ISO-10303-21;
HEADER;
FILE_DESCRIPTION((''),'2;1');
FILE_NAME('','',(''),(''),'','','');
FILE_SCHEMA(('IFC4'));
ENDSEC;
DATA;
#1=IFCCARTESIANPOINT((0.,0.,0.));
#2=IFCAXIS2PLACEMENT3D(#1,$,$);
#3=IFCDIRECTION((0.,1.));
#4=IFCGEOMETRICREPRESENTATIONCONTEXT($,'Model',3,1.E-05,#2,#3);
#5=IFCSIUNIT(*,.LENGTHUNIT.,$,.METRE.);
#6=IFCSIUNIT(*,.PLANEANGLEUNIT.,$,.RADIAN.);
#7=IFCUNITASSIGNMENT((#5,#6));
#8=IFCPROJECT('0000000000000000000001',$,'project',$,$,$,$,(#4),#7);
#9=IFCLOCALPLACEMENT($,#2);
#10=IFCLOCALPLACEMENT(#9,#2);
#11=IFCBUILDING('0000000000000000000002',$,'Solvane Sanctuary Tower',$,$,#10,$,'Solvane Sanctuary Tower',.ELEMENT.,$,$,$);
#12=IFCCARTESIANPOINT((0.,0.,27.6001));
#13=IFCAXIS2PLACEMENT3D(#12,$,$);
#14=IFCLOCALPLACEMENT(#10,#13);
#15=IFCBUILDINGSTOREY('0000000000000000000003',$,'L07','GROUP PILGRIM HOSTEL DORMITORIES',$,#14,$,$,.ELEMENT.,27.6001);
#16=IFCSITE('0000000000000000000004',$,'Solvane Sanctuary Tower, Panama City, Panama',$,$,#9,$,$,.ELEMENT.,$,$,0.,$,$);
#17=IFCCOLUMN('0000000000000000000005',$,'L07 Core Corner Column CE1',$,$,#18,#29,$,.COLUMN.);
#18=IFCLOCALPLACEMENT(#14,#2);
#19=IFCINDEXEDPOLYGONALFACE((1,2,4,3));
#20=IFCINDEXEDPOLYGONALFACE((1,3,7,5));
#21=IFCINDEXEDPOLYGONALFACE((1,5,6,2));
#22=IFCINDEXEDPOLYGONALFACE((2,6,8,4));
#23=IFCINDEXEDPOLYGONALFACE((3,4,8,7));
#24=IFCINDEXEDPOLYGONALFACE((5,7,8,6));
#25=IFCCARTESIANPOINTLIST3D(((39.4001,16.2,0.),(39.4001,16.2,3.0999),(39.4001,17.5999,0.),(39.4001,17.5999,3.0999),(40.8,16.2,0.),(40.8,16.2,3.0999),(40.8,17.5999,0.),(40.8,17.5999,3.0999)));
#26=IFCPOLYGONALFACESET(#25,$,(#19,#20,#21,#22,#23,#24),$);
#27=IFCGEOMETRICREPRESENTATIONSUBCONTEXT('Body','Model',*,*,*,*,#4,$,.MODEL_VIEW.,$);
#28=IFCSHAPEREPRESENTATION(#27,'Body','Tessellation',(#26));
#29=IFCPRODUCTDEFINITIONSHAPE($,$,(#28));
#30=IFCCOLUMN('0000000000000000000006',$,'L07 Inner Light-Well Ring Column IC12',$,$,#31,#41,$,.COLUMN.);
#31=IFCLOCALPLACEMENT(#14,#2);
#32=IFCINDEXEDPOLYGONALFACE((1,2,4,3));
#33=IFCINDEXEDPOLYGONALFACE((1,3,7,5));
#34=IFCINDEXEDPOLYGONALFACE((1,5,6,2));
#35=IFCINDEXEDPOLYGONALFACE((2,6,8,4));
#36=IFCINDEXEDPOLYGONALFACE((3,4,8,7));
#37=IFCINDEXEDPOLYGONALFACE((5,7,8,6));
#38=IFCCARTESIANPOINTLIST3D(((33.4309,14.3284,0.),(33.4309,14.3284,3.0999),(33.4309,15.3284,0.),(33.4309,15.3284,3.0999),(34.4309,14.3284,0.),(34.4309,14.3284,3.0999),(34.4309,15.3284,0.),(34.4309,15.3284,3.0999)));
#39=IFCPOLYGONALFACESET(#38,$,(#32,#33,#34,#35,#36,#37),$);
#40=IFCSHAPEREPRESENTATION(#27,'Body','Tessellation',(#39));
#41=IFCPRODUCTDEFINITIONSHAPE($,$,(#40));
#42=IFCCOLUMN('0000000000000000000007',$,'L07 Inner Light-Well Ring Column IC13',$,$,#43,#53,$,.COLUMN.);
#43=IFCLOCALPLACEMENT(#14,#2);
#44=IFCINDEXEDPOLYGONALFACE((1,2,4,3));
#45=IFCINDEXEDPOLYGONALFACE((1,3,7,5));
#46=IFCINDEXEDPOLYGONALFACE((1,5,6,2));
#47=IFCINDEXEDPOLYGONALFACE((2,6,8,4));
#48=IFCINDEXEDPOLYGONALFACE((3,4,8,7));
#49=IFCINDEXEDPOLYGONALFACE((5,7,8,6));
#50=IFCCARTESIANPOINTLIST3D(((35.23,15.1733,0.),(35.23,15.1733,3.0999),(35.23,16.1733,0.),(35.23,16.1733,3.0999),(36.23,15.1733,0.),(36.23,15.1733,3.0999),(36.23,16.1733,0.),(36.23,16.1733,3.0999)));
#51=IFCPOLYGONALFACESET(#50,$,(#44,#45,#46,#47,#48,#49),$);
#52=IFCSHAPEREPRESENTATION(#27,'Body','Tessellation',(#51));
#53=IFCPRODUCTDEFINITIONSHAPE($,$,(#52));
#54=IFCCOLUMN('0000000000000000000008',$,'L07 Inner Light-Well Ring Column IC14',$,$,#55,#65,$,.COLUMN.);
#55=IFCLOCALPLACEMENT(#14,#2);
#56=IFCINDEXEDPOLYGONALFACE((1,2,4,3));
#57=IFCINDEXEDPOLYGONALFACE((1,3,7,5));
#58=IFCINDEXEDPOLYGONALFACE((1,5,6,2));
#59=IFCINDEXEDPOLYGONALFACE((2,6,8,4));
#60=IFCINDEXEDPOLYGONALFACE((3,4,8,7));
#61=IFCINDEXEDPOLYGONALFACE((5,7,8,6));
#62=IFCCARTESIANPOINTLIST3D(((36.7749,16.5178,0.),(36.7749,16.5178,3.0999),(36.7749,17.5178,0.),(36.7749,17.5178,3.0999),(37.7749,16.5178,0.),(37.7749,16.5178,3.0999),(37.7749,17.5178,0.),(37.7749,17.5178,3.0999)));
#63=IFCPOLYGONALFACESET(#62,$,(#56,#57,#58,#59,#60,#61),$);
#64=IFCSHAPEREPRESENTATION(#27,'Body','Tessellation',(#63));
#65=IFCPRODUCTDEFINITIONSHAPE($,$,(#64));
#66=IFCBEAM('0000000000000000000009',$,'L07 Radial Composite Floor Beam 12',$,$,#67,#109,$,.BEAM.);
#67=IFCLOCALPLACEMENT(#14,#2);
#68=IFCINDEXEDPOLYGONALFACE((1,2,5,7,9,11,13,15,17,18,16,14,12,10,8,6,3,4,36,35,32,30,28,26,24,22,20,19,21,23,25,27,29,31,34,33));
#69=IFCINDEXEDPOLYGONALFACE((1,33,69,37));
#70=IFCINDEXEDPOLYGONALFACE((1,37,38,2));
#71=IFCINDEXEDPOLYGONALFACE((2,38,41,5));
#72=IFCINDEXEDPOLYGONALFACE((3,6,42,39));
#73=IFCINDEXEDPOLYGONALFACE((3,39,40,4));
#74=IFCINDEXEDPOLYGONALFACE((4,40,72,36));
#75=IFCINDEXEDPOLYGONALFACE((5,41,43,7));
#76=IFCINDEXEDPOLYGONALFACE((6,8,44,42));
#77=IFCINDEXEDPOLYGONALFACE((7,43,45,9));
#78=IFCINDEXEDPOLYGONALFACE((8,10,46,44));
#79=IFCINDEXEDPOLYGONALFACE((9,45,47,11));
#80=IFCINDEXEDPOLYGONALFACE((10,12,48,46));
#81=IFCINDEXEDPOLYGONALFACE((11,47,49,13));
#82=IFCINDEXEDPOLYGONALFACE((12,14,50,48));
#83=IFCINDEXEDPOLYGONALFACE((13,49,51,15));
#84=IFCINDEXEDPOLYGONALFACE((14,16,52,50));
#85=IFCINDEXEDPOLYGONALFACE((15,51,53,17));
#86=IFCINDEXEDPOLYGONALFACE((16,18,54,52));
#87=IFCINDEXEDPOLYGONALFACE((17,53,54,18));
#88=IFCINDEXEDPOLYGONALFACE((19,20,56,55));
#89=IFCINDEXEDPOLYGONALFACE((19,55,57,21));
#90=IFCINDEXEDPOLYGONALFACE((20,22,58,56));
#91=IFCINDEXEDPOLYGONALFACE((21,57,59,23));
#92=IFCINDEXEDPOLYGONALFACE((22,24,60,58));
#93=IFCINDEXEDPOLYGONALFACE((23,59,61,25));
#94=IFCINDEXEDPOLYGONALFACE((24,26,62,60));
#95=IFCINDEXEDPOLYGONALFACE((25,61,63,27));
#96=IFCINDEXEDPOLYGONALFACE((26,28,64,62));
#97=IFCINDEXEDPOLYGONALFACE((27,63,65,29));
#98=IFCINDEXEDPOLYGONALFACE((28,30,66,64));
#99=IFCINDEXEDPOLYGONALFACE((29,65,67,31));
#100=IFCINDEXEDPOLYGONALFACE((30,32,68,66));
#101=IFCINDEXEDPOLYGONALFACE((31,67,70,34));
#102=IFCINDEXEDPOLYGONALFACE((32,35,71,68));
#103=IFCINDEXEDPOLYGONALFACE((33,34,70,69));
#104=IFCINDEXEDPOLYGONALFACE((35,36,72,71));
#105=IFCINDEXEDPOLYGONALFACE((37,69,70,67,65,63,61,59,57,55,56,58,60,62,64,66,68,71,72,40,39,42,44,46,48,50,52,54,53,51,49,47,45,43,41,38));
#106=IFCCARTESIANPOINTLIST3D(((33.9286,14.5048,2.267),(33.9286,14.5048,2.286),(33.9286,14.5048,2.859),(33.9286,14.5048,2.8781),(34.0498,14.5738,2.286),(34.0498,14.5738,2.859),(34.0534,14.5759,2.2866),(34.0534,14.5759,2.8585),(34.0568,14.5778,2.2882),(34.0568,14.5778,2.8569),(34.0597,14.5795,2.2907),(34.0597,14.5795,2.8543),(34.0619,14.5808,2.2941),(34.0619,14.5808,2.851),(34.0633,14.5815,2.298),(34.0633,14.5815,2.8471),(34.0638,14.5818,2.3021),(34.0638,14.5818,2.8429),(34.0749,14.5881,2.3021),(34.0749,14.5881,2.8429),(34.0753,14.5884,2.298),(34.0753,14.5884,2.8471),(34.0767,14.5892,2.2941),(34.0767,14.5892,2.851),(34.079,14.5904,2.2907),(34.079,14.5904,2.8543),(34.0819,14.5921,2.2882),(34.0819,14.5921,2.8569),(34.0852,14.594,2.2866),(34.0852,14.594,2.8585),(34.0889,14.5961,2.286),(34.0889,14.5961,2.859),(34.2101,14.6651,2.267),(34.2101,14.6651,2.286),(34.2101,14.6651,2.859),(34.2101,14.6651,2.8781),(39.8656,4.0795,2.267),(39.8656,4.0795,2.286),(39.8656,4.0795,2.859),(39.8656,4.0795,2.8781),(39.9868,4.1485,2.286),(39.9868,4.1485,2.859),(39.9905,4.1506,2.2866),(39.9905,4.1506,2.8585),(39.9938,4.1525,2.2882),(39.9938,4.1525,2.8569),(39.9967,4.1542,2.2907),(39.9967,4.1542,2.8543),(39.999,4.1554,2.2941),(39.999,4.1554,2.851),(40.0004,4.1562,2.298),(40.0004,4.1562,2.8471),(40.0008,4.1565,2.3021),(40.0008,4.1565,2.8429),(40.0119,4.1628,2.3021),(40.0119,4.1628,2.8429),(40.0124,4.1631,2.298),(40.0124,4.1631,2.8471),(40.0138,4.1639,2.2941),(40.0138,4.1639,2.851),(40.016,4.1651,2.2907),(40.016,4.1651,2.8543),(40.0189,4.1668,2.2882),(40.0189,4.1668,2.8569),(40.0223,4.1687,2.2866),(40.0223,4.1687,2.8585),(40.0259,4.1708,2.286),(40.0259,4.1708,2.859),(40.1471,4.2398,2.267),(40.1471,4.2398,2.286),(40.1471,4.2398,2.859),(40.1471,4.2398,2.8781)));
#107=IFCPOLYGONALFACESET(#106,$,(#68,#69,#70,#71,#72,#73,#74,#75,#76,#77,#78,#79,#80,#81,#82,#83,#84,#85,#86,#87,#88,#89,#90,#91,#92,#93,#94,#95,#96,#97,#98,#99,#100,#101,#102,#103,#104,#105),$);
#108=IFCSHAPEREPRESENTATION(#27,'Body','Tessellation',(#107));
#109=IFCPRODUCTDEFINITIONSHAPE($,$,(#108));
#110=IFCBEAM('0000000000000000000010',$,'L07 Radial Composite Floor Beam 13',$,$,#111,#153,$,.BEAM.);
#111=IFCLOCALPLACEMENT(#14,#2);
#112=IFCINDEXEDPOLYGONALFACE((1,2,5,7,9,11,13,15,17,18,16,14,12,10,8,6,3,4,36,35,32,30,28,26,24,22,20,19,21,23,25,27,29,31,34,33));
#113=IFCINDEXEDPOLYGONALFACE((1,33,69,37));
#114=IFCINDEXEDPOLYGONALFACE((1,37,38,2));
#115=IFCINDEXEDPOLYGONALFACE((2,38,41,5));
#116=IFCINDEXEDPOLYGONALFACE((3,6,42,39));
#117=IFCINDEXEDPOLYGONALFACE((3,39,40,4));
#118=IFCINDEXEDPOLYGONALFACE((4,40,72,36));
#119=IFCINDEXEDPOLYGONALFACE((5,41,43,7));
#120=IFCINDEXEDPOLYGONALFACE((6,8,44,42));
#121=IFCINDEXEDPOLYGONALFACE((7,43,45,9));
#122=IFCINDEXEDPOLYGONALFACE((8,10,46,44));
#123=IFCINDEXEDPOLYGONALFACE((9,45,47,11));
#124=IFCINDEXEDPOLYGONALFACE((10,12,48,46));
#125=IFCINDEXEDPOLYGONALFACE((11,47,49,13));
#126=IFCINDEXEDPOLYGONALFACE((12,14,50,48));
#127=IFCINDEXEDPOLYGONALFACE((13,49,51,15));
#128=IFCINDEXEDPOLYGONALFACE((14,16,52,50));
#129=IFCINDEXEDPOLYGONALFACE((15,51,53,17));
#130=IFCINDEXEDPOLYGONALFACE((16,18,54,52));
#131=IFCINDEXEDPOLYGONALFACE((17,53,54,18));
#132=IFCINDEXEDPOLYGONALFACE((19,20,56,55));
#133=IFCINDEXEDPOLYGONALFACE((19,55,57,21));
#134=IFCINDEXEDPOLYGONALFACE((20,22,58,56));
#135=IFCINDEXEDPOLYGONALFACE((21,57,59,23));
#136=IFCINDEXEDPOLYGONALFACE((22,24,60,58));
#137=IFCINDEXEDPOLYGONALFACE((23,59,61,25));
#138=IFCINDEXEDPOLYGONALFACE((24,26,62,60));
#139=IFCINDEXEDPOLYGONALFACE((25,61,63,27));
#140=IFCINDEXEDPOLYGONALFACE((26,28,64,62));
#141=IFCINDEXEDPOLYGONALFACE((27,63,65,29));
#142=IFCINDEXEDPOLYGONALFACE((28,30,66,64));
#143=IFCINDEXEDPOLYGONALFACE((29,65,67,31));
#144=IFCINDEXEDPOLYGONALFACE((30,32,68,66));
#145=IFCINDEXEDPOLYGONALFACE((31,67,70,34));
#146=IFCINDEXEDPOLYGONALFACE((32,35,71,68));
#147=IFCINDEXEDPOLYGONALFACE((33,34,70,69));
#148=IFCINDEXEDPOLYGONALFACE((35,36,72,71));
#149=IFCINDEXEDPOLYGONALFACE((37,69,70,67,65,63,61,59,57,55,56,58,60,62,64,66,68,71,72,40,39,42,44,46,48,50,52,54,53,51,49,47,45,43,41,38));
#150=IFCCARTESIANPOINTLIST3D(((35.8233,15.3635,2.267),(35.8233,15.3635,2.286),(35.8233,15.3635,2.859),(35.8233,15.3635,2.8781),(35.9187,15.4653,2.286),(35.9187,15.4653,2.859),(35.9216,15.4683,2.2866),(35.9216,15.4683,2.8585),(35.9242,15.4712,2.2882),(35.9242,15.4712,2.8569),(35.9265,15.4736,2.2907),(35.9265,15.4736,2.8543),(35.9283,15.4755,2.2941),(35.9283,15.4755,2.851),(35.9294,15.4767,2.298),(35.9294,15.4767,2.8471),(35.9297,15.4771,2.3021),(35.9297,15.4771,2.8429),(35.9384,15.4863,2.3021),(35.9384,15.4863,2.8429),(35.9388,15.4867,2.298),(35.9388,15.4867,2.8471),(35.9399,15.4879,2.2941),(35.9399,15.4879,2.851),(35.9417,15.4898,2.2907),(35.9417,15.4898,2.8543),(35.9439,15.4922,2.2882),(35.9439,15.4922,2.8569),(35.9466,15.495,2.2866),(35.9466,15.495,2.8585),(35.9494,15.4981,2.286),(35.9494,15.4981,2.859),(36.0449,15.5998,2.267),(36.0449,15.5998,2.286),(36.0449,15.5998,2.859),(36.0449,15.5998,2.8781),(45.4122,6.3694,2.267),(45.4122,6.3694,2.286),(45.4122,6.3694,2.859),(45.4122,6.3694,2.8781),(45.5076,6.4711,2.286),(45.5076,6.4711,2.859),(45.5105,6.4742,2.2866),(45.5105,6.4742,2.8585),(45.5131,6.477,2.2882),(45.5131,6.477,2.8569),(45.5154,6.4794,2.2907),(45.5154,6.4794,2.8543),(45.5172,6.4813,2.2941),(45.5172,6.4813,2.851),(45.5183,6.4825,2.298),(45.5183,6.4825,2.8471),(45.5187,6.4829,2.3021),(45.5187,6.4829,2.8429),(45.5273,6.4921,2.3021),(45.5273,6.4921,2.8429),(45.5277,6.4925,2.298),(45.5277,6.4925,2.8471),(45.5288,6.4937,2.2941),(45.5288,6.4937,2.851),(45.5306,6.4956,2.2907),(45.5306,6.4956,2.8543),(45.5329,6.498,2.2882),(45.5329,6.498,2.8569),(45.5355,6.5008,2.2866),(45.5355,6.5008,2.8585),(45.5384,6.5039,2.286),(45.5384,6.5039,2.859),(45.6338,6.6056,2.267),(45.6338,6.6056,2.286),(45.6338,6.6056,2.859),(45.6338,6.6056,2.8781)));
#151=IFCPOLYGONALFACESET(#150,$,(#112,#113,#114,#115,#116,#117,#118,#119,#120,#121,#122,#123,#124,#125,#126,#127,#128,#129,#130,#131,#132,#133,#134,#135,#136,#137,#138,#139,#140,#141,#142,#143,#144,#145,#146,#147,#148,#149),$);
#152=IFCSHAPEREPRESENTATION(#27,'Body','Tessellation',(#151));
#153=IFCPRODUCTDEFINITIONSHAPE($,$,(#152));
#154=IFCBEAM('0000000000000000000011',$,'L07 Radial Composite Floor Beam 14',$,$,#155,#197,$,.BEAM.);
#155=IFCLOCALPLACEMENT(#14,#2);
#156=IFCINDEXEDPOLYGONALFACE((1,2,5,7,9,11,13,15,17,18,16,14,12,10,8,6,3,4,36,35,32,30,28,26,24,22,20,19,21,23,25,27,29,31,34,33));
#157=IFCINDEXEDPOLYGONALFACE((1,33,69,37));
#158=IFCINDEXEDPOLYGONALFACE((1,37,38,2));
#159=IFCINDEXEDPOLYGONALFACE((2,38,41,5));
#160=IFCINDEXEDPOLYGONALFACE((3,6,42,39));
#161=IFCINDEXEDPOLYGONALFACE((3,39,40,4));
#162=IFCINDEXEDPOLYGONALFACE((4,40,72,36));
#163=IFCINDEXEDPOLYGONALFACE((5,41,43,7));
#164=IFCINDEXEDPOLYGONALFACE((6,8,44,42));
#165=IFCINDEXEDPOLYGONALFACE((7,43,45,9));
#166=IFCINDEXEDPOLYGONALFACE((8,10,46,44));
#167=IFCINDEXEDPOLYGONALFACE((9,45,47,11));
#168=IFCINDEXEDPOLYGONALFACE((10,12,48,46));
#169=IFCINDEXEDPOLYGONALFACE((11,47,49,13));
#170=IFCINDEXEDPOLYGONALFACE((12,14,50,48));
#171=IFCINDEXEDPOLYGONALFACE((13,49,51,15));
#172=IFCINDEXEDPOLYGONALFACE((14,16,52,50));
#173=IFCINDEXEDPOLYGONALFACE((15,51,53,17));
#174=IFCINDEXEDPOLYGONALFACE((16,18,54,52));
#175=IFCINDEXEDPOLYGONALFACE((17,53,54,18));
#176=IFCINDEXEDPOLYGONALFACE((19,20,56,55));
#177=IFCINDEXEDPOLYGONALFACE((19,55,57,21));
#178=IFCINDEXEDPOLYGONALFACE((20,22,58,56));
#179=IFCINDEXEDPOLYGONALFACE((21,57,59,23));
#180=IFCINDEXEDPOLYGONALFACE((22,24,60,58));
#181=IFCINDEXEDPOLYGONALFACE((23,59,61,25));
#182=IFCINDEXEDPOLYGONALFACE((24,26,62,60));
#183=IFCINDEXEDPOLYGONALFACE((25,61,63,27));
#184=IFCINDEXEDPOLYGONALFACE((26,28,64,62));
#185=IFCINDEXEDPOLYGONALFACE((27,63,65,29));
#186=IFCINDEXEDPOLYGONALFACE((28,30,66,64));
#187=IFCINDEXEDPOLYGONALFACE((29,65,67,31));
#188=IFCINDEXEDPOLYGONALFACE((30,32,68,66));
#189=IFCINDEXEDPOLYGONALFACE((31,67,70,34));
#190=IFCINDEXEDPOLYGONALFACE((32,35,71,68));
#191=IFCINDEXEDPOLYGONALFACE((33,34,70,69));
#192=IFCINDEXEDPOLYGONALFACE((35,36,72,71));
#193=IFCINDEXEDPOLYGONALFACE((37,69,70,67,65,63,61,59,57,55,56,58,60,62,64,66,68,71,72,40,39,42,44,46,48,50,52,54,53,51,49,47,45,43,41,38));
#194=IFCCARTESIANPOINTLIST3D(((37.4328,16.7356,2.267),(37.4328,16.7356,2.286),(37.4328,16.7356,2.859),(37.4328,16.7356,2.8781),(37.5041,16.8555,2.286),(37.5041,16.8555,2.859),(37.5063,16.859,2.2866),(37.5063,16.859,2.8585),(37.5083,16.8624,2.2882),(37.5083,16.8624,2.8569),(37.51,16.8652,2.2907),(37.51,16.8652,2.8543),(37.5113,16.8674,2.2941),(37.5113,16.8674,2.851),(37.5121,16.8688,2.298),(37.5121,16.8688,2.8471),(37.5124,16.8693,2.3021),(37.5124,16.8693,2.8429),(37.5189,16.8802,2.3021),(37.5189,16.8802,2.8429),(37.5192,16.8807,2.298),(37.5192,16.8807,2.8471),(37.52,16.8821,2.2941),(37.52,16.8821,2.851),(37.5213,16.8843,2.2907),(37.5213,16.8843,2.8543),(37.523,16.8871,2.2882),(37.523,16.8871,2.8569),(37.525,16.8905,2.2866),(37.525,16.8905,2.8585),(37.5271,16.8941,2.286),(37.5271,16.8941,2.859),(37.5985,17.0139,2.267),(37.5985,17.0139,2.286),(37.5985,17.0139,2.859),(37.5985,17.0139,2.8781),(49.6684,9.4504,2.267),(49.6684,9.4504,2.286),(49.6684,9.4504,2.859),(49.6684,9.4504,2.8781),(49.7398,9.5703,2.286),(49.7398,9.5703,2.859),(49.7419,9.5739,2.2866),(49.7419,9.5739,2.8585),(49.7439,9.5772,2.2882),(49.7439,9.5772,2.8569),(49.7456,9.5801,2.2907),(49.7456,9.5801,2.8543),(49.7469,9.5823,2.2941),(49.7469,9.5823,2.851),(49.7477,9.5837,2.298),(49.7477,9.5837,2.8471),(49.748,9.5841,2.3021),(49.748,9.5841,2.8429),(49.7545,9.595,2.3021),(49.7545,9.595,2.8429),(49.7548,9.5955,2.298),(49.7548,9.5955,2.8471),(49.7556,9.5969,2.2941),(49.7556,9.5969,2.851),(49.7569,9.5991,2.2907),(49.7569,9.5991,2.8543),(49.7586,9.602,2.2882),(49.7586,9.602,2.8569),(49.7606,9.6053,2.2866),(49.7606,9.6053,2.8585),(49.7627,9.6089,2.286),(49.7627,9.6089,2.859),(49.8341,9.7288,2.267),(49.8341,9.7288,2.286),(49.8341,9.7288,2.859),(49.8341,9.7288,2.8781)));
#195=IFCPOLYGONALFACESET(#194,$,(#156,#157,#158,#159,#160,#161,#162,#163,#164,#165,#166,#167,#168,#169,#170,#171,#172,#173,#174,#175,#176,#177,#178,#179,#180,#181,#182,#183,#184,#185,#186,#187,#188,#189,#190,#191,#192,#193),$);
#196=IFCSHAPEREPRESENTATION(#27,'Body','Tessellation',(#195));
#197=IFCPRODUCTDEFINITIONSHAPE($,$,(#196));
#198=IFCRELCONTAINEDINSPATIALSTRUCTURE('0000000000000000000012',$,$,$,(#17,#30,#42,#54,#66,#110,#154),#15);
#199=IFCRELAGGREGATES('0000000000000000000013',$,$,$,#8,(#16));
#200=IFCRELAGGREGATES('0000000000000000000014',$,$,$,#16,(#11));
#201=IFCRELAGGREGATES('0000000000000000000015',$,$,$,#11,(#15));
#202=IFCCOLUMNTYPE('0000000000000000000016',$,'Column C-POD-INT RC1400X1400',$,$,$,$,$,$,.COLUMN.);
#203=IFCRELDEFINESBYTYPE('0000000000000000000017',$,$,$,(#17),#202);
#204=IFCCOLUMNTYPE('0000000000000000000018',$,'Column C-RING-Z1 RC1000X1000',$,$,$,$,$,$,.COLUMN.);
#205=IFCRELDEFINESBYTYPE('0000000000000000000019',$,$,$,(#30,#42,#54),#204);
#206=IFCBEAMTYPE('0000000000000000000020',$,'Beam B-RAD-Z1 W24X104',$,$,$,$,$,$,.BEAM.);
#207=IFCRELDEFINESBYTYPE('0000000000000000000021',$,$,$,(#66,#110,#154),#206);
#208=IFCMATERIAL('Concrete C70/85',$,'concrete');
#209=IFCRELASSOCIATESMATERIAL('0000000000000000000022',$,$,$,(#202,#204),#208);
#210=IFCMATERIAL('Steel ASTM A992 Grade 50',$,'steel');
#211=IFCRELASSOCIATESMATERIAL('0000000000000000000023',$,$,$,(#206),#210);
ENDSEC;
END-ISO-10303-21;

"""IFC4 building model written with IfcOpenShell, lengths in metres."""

from ifc_helpers import new_model, si_unit, direction, frame, origin, origin_2d, place, context, subcontext, project, spatial, rectangle, i_section, extrude, material, material_profile, profile_set, type_object, element, save


model = new_model("IFC4")

# Units and contexts
model_context = context("Model", 3, precision=1e-05, world=origin(), true_north=direction((0.0, 1.0)))
body_context = subcontext(model_context, "Body", "Model", "MODEL_VIEW")
ifc_project = project(units=[si_unit("LENGTHUNIT", "METRE"), si_unit("PLANEANGLEUNIT", "RADIAN")], contexts=[model_context])

# Site, building, storey
site_placement = place(None, origin())
site = spatial("IfcSite", under=ifc_project, at=site_placement, Name="Solvane Sanctuary Tower, Panama City, Panama", CompositionType="ELEMENT", RefElevation=0.0)
building_placement = place(site_placement, origin())
building = spatial("IfcBuilding", under=site, at=building_placement, Name="Solvane Sanctuary Tower", LongName="Solvane Sanctuary Tower", CompositionType="ELEMENT")
storey_placement = place(building_placement, frame((0.0, 0.0, 27.6001)))
storey = spatial("IfcBuildingStorey", under=building, at=storey_placement, Name="L07", Description="GROUP PILGRIM HOSTEL DORMITORIES", CompositionType="ELEMENT", Elevation=27.6001)

# Columns
ifc_material_1 = material(Name="Concrete C70/85", Category="concrete")
ifc_material_profile_1 = material_profile(ifc_material_1, rectangle(XDim=1.3999, YDim=1.3999, at=origin_2d()), Name="RC1400X1400")
ifc_profile_set_1 = profile_set([ifc_material_profile_1], Name="Concrete C70/85")
column_type_1 = type_object("IfcColumnType", Name="Column C-POD-INT RC1400X1400", PredefinedType="COLUMN", material=ifc_profile_set_1)
column_placement = place(storey_placement, frame((40.1001, 16.8999, 0.0), z_axis=(0.0, 0.0, 1.0), x_axis=(1.0, 0.0, 0.0)))
element("IfcColumn", 1, at=column_placement, inside=storey, type_object=column_type_1, Name="L07 Core Corner Column CE1", PredefinedType="COLUMN", context=body_context, shape_type="SweptSolid", body=[
    extrude(rectangle(XDim=1.3999, YDim=1.3999, at=origin_2d()), origin(), (0.0, 0.0, 1.0), 3.0999),
])
ifc_material_profile_2 = material_profile(ifc_material_1, rectangle(XDim=1.0, YDim=1.0, at=origin_2d()), Name="RC1000X1000")
ifc_profile_set_2 = profile_set([ifc_material_profile_2], Name="Concrete C70/85")
column_type_2 = type_object("IfcColumnType", Name="Column C-RING-Z1 RC1000X1000", PredefinedType="COLUMN", material=ifc_profile_set_2)
for number, where, z_axis, x_axis, name in (
    (2, (33.9309, 14.8284, 0.0), (0.0, 0.0, 1.0), (1.0, 0.0, 0.0), "L07 Inner Light-Well Ring Column IC12"),
    (3, (35.73, 15.6733, 0.0), (0.0, 0.0, 1.0), (1.0, 0.0, 0.0), "L07 Inner Light-Well Ring Column IC13"),
    (4, (37.2749, 17.0178, 0.0), (0.0, 0.0, 1.0), (1.0, 0.0, 0.0), "L07 Inner Light-Well Ring Column IC14"),
):
    element("IfcColumn", number, at=place(storey_placement, frame(where, z_axis=z_axis, x_axis=x_axis)), inside=storey, type_object=column_type_2, Name=name, PredefinedType="COLUMN", context=body_context, shape_type="SweptSolid", body=[
        extrude(rectangle(XDim=1.0, YDim=1.0, at=origin_2d()), origin(), (0.0, 0.0, 1.0), 3.0999),
    ])

# Beams
ifc_material_2 = material(Name="Steel ASTM A992 Grade 50", Category="steel")
ifc_material_profile_3 = material_profile(ifc_material_2, i_section(OverallWidth=0.324, OverallDepth=0.6111, WebThickness=0.0127, FlangeThickness=0.019, FilletRadius=0.0161, at=origin_2d()), Name="W24X104")
ifc_profile_set_3 = profile_set([ifc_material_profile_3], Name="Steel ASTM A992 Grade 50")
beam_type_1 = type_object("IfcBeamType", Name="Beam B-RAD-Z1 W24X104", PredefinedType="BEAM", material=ifc_profile_set_3)
beam_1_placement = place(storey_placement, frame((34.0693, 14.585, 2.5725), z_axis=(0.494863, -0.868971, 0.0), x_axis=(0.868971, 0.494863, 0.0)))
element("IfcBeam", 5, at=beam_1_placement, inside=storey, type_object=beam_type_1, Name="L07 Radial Composite Floor Beam 12", PredefinedType="BEAM", context=body_context, shape_type="SweptSolid", body=[
    extrude(i_section(OverallWidth=0.324, OverallDepth=0.6111, WebThickness=0.0127, FlangeThickness=0.019, FilletRadius=0.0161, at=origin_2d()), origin(), (0.0, 0.0, 1.0), 11.9973),
])
beam_2_placement = place(storey_placement, frame((35.9341, 15.4817, 2.5725), z_axis=(0.729363, -0.684126, 0.0), x_axis=(0.684126, 0.729363, 0.0)))
element("IfcBeam", 6, at=beam_2_placement, inside=storey, type_object=beam_type_1, Name="L07 Radial Composite Floor Beam 13", PredefinedType="BEAM", context=body_context, shape_type="SweptSolid", body=[
    extrude(i_section(OverallWidth=0.324, OverallDepth=0.6111, WebThickness=0.0127, FlangeThickness=0.019, FilletRadius=0.0161, at=origin_2d()), origin(), (0.0, 0.0, 1.0), 13.147),
])
beam_3_placement = place(storey_placement, frame((37.5156, 16.8748, 2.5725), z_axis=(0.859229, -0.511591, 0.0), x_axis=(0.511591, 0.859229, 0.0)))
element("IfcBeam", 7, at=beam_3_placement, inside=storey, type_object=beam_type_1, Name="L07 Radial Composite Floor Beam 14", PredefinedType="BEAM", context=body_context, shape_type="SweptSolid", body=[
    extrude(i_section(OverallWidth=0.324, OverallDepth=0.6111, WebThickness=0.0127, FlangeThickness=0.019, FilletRadius=0.0161, at=origin_2d()), origin(), (0.0, 0.0, 1.0), 14.2402),
])

save(model, "model.ifc")
